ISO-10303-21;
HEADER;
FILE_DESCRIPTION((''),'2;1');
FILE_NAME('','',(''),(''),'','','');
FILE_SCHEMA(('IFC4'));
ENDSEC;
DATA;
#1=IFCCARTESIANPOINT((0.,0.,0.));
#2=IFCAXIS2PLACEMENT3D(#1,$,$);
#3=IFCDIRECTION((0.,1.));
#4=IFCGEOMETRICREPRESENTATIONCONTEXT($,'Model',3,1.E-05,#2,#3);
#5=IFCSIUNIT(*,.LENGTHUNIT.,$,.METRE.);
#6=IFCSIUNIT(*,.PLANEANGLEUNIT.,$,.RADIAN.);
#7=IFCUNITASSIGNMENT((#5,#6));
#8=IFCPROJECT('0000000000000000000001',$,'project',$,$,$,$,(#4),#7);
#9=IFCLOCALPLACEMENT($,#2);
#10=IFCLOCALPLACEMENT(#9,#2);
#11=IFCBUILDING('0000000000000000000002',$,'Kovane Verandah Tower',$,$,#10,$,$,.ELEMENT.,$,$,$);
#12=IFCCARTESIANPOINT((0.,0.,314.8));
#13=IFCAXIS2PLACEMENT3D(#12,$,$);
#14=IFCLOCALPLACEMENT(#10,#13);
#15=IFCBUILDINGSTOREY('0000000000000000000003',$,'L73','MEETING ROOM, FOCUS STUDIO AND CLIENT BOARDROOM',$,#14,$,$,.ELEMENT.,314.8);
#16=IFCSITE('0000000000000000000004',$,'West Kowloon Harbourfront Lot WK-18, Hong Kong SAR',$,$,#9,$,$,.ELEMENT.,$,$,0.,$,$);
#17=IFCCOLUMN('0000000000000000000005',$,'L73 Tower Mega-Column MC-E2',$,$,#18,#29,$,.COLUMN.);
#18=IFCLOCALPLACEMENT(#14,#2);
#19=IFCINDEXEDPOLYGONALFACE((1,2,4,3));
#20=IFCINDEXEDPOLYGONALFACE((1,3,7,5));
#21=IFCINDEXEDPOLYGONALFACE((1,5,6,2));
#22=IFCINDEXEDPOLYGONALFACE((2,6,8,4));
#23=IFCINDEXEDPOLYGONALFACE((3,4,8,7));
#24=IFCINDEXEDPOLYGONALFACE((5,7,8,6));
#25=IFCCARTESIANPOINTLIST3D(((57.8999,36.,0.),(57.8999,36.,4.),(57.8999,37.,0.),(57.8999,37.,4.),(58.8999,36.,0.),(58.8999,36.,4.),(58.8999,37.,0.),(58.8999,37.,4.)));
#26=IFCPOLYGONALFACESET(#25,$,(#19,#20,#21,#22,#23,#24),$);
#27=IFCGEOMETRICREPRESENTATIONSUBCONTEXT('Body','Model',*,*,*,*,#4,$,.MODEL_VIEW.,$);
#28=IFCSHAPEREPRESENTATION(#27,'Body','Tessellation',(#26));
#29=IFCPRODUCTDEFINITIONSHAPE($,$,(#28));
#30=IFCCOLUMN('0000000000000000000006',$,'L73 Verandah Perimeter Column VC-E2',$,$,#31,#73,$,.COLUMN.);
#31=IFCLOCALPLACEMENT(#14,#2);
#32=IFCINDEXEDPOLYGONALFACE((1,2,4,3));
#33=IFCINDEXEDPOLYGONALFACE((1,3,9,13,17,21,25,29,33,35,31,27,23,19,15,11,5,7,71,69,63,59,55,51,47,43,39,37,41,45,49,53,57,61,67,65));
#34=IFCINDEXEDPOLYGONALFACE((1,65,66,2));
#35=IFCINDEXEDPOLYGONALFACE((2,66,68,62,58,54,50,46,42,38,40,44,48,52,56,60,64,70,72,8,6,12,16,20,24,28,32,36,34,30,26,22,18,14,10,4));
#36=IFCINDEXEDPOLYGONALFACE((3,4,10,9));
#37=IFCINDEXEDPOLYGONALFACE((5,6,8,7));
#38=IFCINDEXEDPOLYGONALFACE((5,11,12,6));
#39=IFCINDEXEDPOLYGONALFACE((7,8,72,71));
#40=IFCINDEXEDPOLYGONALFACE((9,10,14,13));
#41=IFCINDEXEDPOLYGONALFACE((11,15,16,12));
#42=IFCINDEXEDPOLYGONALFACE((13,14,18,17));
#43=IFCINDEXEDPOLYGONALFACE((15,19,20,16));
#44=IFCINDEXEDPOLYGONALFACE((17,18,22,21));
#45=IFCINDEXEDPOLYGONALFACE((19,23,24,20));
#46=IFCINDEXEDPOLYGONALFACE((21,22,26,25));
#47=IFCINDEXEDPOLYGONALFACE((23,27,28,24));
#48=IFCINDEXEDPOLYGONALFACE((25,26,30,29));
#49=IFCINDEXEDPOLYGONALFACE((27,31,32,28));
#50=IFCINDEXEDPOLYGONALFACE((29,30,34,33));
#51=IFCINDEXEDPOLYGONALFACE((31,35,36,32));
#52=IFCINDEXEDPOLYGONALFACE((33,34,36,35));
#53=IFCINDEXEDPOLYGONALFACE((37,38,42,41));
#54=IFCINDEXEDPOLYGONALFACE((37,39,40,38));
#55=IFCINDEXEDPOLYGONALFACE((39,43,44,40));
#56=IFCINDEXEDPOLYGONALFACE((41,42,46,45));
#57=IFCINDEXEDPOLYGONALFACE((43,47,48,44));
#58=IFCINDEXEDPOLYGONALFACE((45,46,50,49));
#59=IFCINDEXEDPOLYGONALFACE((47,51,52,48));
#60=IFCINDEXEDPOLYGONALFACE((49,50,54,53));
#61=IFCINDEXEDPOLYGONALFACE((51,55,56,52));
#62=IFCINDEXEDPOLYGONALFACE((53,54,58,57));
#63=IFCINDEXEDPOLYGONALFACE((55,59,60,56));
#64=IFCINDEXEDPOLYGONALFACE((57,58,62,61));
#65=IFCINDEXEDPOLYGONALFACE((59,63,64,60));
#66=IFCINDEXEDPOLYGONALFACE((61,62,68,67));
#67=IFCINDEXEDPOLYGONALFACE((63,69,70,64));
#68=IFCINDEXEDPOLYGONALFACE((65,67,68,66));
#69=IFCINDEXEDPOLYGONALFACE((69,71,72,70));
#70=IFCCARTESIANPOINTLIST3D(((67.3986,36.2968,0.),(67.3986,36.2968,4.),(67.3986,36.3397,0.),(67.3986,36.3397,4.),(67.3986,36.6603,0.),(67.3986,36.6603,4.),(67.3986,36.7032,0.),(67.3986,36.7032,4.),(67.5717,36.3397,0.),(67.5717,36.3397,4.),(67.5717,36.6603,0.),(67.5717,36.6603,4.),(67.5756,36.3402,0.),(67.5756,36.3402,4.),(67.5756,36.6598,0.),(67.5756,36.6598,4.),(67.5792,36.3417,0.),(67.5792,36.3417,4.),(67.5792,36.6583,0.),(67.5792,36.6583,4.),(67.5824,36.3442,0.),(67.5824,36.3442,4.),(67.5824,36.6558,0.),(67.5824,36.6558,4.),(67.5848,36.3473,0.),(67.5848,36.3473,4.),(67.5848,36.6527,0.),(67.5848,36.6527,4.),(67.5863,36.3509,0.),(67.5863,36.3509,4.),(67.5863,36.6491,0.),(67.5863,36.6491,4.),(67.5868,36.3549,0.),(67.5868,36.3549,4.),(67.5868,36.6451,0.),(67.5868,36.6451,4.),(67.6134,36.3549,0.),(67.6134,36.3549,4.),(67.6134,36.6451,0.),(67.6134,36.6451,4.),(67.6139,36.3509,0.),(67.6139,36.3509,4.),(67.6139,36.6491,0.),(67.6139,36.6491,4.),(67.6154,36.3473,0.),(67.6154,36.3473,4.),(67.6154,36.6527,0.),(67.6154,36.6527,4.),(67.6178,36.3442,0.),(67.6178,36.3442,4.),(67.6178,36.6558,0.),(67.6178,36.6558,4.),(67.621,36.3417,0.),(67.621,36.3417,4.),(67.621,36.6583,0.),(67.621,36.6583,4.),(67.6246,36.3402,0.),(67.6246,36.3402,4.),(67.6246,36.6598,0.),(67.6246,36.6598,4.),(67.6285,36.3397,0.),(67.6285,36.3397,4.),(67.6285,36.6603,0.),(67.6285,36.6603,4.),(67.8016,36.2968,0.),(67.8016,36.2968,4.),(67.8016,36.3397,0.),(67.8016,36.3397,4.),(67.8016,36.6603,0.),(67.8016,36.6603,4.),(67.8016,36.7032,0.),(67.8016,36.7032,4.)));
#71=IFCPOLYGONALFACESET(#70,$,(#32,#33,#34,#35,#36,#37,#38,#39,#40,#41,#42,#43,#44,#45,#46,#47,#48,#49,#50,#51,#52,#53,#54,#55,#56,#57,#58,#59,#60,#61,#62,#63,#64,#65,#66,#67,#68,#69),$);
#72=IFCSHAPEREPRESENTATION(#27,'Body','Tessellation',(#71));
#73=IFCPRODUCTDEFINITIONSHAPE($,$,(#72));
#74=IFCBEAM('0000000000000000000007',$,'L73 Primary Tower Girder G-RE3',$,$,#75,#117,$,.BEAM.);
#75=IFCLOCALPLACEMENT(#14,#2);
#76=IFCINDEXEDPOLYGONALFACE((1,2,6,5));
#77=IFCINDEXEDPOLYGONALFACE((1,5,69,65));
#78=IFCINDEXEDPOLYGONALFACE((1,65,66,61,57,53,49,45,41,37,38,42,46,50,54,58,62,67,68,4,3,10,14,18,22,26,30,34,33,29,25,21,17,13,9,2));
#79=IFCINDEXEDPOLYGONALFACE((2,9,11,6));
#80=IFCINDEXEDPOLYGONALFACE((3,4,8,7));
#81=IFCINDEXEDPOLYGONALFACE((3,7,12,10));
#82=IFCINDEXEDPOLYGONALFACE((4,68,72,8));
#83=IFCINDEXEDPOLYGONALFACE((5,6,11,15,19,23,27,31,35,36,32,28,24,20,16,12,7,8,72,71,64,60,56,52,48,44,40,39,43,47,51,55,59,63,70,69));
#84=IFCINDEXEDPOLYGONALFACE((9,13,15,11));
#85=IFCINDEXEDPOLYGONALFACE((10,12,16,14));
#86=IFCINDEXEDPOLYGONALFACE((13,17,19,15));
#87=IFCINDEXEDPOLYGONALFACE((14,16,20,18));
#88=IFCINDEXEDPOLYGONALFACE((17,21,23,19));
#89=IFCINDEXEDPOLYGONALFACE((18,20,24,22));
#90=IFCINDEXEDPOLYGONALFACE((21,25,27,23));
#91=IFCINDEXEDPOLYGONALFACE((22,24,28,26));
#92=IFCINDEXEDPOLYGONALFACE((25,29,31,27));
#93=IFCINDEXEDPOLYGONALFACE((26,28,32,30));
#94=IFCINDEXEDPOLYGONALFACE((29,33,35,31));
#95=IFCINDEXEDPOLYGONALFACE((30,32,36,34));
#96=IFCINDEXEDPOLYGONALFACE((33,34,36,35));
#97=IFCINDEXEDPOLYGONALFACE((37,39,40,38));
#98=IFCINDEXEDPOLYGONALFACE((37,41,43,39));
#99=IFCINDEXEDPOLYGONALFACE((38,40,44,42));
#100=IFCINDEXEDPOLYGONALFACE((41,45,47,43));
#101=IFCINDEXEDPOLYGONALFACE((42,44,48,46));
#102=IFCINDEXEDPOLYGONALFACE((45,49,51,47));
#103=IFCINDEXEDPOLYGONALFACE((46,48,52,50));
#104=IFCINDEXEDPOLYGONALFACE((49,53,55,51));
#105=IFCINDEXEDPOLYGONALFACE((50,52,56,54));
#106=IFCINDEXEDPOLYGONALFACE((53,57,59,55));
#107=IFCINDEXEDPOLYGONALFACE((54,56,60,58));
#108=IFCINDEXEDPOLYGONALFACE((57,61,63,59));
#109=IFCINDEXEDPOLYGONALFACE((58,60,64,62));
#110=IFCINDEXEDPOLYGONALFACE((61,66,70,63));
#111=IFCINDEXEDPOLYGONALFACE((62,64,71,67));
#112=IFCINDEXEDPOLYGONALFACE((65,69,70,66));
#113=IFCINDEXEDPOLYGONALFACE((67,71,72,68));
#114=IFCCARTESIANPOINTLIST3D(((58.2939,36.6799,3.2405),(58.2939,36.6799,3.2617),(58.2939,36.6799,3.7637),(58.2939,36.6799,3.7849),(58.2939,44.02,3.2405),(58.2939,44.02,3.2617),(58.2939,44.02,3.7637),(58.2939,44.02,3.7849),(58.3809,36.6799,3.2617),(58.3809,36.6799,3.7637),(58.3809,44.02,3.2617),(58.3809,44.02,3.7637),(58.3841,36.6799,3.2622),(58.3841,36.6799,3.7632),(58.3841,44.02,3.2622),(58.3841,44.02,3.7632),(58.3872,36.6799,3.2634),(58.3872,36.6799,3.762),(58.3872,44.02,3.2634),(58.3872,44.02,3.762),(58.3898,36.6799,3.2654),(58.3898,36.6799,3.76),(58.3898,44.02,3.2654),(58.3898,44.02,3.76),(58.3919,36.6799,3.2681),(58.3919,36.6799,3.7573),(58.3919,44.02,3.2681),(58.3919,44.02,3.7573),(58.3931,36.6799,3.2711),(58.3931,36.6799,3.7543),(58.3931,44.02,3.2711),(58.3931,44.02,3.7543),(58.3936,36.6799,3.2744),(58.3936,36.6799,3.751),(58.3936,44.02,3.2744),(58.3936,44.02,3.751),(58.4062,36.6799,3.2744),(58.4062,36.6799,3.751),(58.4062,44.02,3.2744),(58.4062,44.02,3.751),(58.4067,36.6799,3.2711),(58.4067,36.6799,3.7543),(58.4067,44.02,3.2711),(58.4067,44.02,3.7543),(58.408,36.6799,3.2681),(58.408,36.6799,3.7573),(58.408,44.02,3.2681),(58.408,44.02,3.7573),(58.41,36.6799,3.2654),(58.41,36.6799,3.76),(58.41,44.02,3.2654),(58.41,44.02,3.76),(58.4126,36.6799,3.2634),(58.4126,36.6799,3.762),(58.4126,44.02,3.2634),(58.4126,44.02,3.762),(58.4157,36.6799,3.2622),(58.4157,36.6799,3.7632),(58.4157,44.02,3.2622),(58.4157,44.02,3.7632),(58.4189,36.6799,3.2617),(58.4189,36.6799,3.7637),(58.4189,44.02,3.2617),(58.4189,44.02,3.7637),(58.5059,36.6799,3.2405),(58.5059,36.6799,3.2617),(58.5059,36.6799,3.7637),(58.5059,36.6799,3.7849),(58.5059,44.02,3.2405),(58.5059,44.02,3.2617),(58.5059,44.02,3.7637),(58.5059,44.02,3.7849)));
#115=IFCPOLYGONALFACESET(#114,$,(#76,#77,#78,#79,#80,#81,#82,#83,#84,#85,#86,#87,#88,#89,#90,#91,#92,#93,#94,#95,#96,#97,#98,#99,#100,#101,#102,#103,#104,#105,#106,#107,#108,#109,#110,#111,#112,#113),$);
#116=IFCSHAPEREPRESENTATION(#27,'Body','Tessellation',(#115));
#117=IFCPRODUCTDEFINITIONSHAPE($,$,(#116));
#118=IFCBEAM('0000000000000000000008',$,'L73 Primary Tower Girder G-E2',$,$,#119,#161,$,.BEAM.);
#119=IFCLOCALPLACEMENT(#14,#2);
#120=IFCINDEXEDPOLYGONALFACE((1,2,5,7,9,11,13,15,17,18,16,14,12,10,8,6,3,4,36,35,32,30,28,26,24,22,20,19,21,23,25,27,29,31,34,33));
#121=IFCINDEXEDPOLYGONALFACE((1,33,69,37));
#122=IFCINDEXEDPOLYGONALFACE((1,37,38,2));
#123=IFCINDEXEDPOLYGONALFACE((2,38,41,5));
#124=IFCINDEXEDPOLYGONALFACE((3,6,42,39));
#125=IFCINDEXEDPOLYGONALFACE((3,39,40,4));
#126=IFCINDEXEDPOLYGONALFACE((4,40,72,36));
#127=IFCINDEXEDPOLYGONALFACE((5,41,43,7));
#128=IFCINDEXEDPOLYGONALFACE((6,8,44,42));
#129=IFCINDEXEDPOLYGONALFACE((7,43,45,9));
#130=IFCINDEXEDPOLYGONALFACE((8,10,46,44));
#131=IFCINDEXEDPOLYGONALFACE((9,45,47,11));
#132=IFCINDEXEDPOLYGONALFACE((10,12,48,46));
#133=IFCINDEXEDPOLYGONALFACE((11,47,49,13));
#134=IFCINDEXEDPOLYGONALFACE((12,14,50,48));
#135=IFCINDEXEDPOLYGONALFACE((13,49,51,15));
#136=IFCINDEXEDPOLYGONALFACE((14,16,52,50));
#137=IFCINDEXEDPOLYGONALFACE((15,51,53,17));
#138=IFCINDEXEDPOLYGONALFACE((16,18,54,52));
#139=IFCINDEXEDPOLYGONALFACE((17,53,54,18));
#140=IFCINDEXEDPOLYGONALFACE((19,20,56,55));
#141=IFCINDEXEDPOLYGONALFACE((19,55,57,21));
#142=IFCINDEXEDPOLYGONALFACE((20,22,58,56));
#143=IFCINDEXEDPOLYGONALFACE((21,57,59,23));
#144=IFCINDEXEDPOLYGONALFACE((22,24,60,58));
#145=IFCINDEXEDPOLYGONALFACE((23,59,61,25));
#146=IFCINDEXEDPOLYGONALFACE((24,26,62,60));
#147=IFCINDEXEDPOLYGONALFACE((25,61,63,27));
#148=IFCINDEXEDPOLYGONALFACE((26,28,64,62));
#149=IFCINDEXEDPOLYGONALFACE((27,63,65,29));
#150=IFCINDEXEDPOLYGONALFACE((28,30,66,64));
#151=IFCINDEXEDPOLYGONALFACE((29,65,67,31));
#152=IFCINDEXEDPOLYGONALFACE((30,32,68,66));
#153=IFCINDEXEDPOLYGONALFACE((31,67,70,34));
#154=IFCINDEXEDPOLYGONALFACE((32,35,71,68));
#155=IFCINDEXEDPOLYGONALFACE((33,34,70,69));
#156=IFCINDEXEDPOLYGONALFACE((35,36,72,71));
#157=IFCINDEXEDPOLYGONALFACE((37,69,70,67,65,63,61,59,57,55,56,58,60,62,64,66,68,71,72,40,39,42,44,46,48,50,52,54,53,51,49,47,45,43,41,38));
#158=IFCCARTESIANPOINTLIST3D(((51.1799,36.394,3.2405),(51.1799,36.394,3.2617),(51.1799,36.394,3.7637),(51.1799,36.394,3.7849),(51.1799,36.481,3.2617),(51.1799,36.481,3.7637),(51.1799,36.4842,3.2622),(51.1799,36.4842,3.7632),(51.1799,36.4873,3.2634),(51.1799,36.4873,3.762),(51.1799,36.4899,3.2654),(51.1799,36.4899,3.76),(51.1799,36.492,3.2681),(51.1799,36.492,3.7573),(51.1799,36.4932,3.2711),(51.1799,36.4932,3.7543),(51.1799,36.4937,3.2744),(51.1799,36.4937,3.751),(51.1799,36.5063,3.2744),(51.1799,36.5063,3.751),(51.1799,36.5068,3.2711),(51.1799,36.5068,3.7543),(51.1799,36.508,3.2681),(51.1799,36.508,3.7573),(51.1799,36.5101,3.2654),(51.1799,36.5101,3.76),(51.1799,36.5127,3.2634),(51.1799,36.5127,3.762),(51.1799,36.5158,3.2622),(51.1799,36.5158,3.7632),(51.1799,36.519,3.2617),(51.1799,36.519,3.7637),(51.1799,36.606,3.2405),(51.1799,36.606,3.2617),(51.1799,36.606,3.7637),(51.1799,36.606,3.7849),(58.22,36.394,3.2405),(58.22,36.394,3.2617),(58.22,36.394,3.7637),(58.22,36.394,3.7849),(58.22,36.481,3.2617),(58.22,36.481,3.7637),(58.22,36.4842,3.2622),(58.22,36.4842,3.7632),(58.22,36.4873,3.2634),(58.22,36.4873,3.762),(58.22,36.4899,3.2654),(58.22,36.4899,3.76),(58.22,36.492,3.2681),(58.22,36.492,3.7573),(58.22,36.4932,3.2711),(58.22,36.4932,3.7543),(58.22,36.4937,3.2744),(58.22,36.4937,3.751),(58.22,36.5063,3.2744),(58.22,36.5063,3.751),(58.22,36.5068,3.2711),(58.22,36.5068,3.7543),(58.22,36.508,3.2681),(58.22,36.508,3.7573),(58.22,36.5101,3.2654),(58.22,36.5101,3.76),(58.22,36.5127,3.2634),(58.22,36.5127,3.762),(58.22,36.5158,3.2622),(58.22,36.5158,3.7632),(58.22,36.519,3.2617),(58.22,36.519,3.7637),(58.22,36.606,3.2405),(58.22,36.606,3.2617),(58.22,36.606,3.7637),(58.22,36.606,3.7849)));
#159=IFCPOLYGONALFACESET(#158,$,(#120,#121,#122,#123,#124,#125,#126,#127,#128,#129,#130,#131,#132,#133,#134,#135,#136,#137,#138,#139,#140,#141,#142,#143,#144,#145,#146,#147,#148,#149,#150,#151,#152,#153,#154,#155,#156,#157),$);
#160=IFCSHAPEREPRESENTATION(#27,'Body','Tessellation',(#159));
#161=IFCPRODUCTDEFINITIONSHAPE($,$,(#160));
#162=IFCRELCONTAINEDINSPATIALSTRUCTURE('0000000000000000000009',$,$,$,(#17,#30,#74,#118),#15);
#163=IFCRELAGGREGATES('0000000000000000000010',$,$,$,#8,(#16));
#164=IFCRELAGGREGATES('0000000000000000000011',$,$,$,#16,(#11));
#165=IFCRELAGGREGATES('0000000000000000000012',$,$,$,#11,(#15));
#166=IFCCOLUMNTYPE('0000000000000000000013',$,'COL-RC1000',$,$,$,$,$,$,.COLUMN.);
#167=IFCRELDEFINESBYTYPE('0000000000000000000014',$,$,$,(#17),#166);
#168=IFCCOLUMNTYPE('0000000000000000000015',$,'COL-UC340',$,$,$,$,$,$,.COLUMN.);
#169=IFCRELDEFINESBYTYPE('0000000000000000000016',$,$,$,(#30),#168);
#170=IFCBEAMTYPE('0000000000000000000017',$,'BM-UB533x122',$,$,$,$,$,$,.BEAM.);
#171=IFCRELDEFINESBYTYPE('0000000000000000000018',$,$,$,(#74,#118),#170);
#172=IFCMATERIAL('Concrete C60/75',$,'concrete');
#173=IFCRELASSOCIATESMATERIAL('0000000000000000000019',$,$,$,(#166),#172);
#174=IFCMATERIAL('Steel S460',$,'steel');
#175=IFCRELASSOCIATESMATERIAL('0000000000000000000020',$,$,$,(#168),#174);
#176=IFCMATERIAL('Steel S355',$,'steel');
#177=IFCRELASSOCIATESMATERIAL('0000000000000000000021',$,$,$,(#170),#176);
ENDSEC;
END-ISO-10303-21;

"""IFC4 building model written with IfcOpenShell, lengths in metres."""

from ifc_helpers import new_model, si_unit, direction, frame, origin, origin_2d, place, context, subcontext, project, spatial, rectangle, i_section, extrude, material, material_profile, profile_set, type_object, element, save


model = new_model("IFC4")

# Units and contexts
model_context = context("Model", 3, precision=1e-05, world=origin(), true_north=direction((0.0, 1.0)))
body_context = subcontext(model_context, "Body", "Model", "MODEL_VIEW")
ifc_project = project(units=[si_unit("LENGTHUNIT", "METRE"), si_unit("PLANEANGLEUNIT", "RADIAN")], contexts=[model_context])

# Site, building, storey
site_placement = place(None, origin())
site = spatial("IfcSite", under=ifc_project, at=site_placement, Name="West Kowloon Harbourfront Lot WK-18, Hong Kong SAR", CompositionType="ELEMENT", RefElevation=0.0)
building_placement = place(site_placement, origin())
building = spatial("IfcBuilding", under=site, at=building_placement, Name="Kovane Verandah Tower", CompositionType="ELEMENT")
storey_placement = place(building_placement, frame((0.0, 0.0, 314.8)))
storey = spatial("IfcBuildingStorey", under=building, at=storey_placement, Name="L73", Description="MEETING ROOM, FOCUS STUDIO AND CLIENT BOARDROOM", CompositionType="ELEMENT", Elevation=314.8)

# Columns
ifc_material_1 = material(Name="Concrete C60/75", Category="concrete")
ifc_material_profile_1 = material_profile(ifc_material_1, rectangle(XDim=1.0, YDim=1.0, at=origin_2d()), Name="RC1000x1000")
ifc_profile_set_1 = profile_set([ifc_material_profile_1], Name="Concrete C60/75")
column_type_1 = type_object("IfcColumnType", Name="COL-RC1000", PredefinedType="COLUMN", material=ifc_profile_set_1)
column_1_placement = place(storey_placement, frame((58.3999, 36.5, 0.0), z_axis=(0.0, 0.0, 1.0), x_axis=(1.0, 0.0, 0.0)))
element("IfcColumn", 1, at=column_1_placement, inside=storey, type_object=column_type_1, Name="L73 Tower Mega-Column MC-E2", PredefinedType="COLUMN", context=body_context, shape_type="SweptSolid", body=[
    extrude(rectangle(XDim=1.0, YDim=1.0, at=origin_2d()), origin(), (0.0, 0.0, 1.0), 4.0),
])
ifc_material_2 = material(Name="Steel S460", Category="steel")
ifc_material_profile_2 = material_profile(ifc_material_2, i_section(OverallWidth=0.4031, OverallDepth=0.4065, WebThickness=0.0266, FlangeThickness=0.043, FilletRadius=0.0151, at=origin_2d()), Name="UC356x406x340")
ifc_profile_set_2 = profile_set([ifc_material_profile_2], Name="Steel S460")
column_type_2 = type_object("IfcColumnType", Name="COL-UC340", PredefinedType="COLUMN", material=ifc_profile_set_2)
column_2_placement = place(storey_placement, frame((67.6001, 36.5, 0.0), z_axis=(0.0, 0.0, 1.0), x_axis=(1.0, 0.0, 0.0)))
element("IfcColumn", 2, at=column_2_placement, inside=storey, type_object=column_type_2, Name="L73 Verandah Perimeter Column VC-E2", PredefinedType="COLUMN", context=body_context, shape_type="SweptSolid", body=[
    extrude(i_section(OverallWidth=0.4031, OverallDepth=0.4065, WebThickness=0.0266, FlangeThickness=0.043, FilletRadius=0.0151, at=origin_2d()), origin(), (0.0, 0.0, 1.0), 4.0),
])

# Beams
ifc_material_3 = material(Name="Steel S355", Category="steel")
ifc_material_profile_3 = material_profile(ifc_material_3, i_section(OverallWidth=0.2119, OverallDepth=0.5444, WebThickness=0.0127, FlangeThickness=0.0212, FilletRadius=0.0127, at=origin_2d()), Name="UB533x210x122")
ifc_profile_set_3 = profile_set([ifc_material_profile_3], Name="Steel S355")
beam_type_1 = type_object("IfcBeamType", Name="BM-UB533x122", PredefinedType="BEAM", material=ifc_profile_set_3)
beam_1_placement = place(storey_placement, frame((58.3999, 36.6799, 3.5127), z_axis=(0.0, 1.0, 0.0), x_axis=(-1.0, 0.0, 0.0)))
element("IfcBeam", 3, at=beam_1_placement, inside=storey, type_object=beam_type_1, Name="L73 Primary Tower Girder G-RE3", PredefinedType="BEAM", context=body_context, shape_type="SweptSolid", body=[
    extrude(i_section(OverallWidth=0.2119, OverallDepth=0.5444, WebThickness=0.0127, FlangeThickness=0.0212, FilletRadius=0.0127, at=origin_2d()), origin(), (0.0, 0.0, 1.0), 7.3401),
])
beam_2_placement = place(storey_placement, frame((51.1799, 36.5, 3.5127), z_axis=(1.0, 0.0, 0.0), x_axis=(0.0, 1.0, 0.0)))
element("IfcBeam", 4, at=beam_2_placement, inside=storey, type_object=beam_type_1, Name="L73 Primary Tower Girder G-E2", PredefinedType="BEAM", context=body_context, shape_type="SweptSolid", body=[
    extrude(i_section(OverallWidth=0.2119, OverallDepth=0.5444, WebThickness=0.0127, FlangeThickness=0.0212, FilletRadius=0.0127, at=origin_2d()), origin(), (0.0, 0.0, 1.0), 7.04),
])

save(model, "model.ifc")
